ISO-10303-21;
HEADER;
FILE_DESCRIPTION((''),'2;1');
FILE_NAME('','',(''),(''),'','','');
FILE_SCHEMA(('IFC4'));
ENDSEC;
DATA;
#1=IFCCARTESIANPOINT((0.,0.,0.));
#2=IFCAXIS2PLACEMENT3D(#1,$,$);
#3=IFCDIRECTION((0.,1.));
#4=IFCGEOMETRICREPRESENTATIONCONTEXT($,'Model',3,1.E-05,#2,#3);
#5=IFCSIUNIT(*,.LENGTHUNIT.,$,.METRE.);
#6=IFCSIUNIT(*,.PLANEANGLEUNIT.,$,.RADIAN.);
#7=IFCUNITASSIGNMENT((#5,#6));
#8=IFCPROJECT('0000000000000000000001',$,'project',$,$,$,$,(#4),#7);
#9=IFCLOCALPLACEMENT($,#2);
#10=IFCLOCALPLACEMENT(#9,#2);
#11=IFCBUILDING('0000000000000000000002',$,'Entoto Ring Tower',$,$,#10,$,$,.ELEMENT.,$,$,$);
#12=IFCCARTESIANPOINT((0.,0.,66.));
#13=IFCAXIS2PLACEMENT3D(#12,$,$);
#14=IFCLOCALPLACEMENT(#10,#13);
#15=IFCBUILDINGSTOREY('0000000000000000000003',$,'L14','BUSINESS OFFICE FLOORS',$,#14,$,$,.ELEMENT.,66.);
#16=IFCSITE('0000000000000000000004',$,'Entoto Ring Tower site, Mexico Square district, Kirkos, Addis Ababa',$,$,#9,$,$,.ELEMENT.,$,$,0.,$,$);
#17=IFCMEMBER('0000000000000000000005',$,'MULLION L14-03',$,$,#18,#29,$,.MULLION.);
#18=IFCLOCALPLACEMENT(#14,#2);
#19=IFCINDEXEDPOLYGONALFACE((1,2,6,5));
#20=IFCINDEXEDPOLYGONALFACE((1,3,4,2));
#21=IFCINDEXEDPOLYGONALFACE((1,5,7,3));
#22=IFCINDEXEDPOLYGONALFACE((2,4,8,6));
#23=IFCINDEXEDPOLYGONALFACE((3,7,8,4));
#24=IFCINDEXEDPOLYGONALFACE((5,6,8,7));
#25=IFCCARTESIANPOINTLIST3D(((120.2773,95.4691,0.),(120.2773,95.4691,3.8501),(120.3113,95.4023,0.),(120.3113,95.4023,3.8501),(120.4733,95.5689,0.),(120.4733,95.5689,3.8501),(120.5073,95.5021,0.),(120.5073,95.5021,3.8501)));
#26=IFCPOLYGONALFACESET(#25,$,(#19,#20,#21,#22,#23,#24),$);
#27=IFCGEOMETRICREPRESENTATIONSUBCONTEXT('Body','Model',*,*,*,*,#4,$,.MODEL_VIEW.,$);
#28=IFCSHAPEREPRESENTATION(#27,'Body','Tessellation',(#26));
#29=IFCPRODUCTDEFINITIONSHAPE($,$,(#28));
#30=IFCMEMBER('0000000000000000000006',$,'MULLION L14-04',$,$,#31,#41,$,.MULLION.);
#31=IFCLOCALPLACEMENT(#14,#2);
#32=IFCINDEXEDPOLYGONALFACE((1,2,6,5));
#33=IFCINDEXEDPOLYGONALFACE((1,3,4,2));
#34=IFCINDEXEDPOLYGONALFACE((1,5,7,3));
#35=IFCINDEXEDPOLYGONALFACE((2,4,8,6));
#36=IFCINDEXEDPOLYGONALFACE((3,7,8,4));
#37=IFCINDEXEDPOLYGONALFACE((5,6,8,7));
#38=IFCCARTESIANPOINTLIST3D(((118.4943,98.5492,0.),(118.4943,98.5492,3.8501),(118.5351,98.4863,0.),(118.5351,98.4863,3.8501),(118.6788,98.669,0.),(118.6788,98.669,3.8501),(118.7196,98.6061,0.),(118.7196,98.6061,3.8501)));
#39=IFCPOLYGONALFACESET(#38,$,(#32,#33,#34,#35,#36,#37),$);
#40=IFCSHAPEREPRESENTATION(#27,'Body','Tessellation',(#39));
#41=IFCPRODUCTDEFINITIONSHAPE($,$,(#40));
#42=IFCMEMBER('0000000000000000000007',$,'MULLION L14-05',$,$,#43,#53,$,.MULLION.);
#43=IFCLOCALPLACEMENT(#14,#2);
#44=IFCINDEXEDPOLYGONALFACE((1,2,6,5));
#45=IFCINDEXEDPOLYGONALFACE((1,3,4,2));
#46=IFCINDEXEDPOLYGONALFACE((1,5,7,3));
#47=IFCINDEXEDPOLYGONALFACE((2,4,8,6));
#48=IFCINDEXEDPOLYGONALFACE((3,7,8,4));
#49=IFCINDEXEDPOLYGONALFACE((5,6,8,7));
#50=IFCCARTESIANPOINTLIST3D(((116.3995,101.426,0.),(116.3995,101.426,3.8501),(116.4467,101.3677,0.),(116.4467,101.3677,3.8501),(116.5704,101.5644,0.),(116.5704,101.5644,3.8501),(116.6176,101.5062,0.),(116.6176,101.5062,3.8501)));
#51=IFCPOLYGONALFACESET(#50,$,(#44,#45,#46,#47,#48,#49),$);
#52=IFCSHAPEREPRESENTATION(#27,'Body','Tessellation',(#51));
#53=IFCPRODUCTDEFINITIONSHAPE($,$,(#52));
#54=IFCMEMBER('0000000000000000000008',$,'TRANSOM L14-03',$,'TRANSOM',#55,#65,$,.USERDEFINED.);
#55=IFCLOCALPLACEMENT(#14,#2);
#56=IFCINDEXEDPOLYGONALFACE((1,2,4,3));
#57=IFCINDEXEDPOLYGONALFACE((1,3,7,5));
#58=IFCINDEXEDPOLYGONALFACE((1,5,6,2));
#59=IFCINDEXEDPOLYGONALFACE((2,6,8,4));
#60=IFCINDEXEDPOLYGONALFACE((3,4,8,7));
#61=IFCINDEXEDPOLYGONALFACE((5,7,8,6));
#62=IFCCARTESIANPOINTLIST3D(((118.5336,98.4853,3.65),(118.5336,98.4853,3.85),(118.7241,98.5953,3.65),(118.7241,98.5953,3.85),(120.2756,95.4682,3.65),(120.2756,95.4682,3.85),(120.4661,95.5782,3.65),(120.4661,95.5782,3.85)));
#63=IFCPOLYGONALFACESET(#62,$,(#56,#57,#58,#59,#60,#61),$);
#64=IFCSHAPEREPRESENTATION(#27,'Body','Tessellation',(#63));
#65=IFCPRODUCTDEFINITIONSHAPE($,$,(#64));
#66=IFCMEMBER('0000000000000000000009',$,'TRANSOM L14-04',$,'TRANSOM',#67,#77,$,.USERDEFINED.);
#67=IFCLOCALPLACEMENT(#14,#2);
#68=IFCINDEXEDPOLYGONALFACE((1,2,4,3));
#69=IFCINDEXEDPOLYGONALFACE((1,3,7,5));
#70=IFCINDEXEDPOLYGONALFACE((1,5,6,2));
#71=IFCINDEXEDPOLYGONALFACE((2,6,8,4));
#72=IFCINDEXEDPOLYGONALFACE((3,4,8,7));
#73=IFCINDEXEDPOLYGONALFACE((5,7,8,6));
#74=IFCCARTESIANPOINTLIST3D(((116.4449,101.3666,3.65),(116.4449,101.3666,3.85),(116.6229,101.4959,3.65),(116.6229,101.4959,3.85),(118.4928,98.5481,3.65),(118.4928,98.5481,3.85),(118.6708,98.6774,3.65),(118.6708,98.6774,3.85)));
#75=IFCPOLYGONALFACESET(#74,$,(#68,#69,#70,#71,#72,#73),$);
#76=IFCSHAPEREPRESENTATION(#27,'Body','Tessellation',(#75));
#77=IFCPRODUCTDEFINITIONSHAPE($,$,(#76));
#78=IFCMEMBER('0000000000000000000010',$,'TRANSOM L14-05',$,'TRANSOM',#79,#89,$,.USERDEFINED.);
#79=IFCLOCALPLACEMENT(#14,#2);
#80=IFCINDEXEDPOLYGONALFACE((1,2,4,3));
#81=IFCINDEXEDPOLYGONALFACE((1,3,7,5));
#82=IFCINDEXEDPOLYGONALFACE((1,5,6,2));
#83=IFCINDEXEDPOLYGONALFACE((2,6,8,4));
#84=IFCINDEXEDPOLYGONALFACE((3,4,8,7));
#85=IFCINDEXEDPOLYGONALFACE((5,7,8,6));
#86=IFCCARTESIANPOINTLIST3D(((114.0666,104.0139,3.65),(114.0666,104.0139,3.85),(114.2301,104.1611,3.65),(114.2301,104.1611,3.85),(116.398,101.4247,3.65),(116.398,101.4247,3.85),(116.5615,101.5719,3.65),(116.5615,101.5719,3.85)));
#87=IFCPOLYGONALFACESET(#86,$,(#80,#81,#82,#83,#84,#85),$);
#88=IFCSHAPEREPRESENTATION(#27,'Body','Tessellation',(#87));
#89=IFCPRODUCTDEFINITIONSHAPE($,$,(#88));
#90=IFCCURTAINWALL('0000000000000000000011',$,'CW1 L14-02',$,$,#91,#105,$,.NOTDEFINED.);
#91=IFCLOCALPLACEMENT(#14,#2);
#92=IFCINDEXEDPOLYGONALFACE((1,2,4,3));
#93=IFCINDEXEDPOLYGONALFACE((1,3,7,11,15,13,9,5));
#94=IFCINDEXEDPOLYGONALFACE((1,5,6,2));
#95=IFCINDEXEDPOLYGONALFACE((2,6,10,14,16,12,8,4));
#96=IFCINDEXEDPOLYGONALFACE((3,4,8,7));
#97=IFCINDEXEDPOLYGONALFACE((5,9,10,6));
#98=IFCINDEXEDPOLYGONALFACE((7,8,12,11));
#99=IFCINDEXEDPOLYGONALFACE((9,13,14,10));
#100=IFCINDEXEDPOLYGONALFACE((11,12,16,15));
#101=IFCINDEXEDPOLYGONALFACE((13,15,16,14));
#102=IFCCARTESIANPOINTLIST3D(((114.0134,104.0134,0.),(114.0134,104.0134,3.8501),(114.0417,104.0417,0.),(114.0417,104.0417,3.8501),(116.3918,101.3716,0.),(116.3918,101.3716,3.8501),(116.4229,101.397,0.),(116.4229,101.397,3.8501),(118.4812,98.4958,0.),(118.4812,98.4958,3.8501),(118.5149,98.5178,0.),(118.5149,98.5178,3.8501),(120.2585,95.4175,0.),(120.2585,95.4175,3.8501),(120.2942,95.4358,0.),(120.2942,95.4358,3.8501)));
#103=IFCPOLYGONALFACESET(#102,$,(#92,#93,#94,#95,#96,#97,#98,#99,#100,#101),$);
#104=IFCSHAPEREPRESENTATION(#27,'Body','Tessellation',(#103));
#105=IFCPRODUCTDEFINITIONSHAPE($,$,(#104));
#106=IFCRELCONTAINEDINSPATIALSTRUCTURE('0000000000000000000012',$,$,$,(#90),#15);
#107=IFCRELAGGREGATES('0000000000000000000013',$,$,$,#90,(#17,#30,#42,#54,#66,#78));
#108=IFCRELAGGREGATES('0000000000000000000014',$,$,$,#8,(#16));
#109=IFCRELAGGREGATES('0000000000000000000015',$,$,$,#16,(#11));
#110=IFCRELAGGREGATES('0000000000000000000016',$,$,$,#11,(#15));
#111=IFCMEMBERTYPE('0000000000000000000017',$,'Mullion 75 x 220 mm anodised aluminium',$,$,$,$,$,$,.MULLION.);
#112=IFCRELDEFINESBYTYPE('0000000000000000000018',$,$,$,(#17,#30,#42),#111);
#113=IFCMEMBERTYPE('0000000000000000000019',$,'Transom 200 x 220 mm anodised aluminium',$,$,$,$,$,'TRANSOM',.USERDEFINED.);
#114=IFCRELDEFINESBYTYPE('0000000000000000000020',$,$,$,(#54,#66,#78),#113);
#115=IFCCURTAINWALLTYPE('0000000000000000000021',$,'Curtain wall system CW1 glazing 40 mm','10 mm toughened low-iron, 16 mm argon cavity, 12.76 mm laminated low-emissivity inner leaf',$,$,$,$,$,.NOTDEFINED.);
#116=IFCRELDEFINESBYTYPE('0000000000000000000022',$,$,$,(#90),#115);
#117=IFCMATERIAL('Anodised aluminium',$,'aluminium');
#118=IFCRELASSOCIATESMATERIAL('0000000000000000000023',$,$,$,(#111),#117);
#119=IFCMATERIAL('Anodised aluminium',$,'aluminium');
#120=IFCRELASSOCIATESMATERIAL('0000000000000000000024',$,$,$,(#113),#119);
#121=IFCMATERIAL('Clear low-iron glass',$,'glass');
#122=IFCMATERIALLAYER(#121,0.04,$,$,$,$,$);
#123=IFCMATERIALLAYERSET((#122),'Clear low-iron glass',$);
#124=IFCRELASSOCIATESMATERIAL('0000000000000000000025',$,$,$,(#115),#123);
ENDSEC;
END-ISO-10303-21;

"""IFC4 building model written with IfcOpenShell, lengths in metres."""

from ifc_helpers import new_model, si_unit, direction, frame, origin, origin_2d, place, context, subcontext, project, spatial, polyline, rectangle, outline, extrude, material, layer, layer_set, material_profile, profile_set, type_object, element, aggregate, save


model = new_model("IFC4")

# Units and contexts
model_context = context("Model", 3, precision=1e-05, world=origin(), true_north=direction((0.0, 1.0)))
body_context = subcontext(model_context, "Body", "Model", "MODEL_VIEW")
ifc_project = project(units=[si_unit("LENGTHUNIT", "METRE"), si_unit("PLANEANGLEUNIT", "RADIAN")], contexts=[model_context])

# Members
ifc_material_1 = material(Name="Anodised aluminium", Category="aluminium")
ifc_material_profile_1 = material_profile(ifc_material_1, rectangle(XDim=0.075, YDim=0.22, at=origin_2d()), Name="Mullion 75 x 220 mm anodised aluminium")
ifc_profile_set_1 = profile_set([ifc_material_profile_1], Name="Anodised aluminium")
member_type_1 = type_object("IfcMemberType", Name="Mullion 75 x 220 mm anodised aluminium", PredefinedType="MULLION", material=ifc_profile_set_1)
site_placement = place(None, origin())
building_placement = place(site_placement, origin())
storey_placement = place(building_placement, frame((0.0, 0.0, 66.0)))
member_1_placement = place(storey_placement, frame((120.3923, 95.4856, 0.0), z_axis=(0.0, 0.0, 1.0), x_axis=(-0.45399, 0.891007, 0.0)))
member_1 = element("IfcMember", 1, at=member_1_placement, type_object=member_type_1, Name="MULLION L14-03", PredefinedType="MULLION", context=body_context, shape_type="SweptSolid", body=[
    extrude(rectangle(XDim=0.075, YDim=0.22, at=origin_2d()), origin(), (0.0, 0.0, 1.0), 3.8501),
])
member_2_placement = place(storey_placement, frame((118.6069, 98.5776, 0.0), z_axis=(0.0, 0.0, 1.0), x_axis=(-0.544639, 0.838671, 0.0)))
member_2 = element("IfcMember", 2, at=member_2_placement, type_object=member_type_1, Name="MULLION L14-04", PredefinedType="MULLION", context=body_context, shape_type="SweptSolid", body=[
    extrude(rectangle(XDim=0.075, YDim=0.22, at=origin_2d()), origin(), (0.0, 0.0, 1.0), 3.8501),
])
member_3_placement = place(storey_placement, frame((116.5085, 101.4661, 0.0), z_axis=(0.0, 0.0, 1.0), x_axis=(-0.62932, 0.777146, 0.0)))
member_3 = element("IfcMember", 3, at=member_3_placement, type_object=member_type_1, Name="MULLION L14-05", PredefinedType="MULLION", context=body_context, shape_type="SweptSolid", body=[
    extrude(rectangle(XDim=0.075, YDim=0.22, at=origin_2d()), origin(), (0.0, 0.0, 1.0), 3.8501),
])
ifc_material_2 = material(Name="Anodised aluminium", Category="aluminium")
ifc_material_profile_2 = material_profile(ifc_material_2, rectangle(XDim=0.22, YDim=0.2, at=origin_2d()), Name="Transom 200 x 220 mm anodised aluminium")
ifc_profile_set_2 = profile_set([ifc_material_profile_2], Name="Anodised aluminium")
member_type_2 = type_object("IfcMemberType", Name="Transom 200 x 220 mm anodised aluminium", ElementType="TRANSOM", PredefinedType="USERDEFINED", material=ifc_profile_set_2)
member_4_placement = place(storey_placement, frame((120.3708, 95.5232, 3.75), z_axis=(-0.500006, 0.866022, 0.0), x_axis=(-0.866022, -0.500006, 0.0)))
member_4 = element("IfcMember", 4, at=member_4_placement, type_object=member_type_2, Name="TRANSOM L14-03", ObjectType="TRANSOM", PredefinedType="USERDEFINED", context=body_context, shape_type="SweptSolid", body=[
    extrude(rectangle(XDim=0.22, YDim=0.2, at=origin_2d()), origin(), (0.0, 0.0, 1.0), 3.4839),
])
member_5_placement = place(storey_placement, frame((118.5818, 98.6128, 3.75), z_axis=(-0.587822, 0.808991, 0.0), x_axis=(-0.808991, -0.587822, 0.0)))
member_5 = element("IfcMember", 5, at=member_5_placement, type_object=member_type_2, Name="TRANSOM L14-04", ObjectType="TRANSOM", PredefinedType="USERDEFINED", context=body_context, shape_type="SweptSolid", body=[
    extrude(rectangle(XDim=0.22, YDim=0.2, at=origin_2d()), origin(), (0.0, 0.0, 1.0), 3.4839),
])
member_6_placement = place(storey_placement, frame((116.4797, 101.4983, 3.75), z_axis=(-0.669139, 0.743137, 0.0), x_axis=(-0.743137, -0.669139, 0.0)))
member_6 = element("IfcMember", 6, at=member_6_placement, type_object=member_type_2, Name="TRANSOM L14-05", ObjectType="TRANSOM", PredefinedType="USERDEFINED", context=body_context, shape_type="SweptSolid", body=[
    extrude(rectangle(XDim=0.22, YDim=0.2, at=origin_2d()), origin(), (0.0, 0.0, 1.0), 3.4841),
])

# Site, building, storey
site = spatial("IfcSite", under=ifc_project, at=site_placement, Name="Entoto Ring Tower site, Mexico Square district, Kirkos, Addis Ababa", CompositionType="ELEMENT", RefElevation=0.0)
building = spatial("IfcBuilding", under=site, at=building_placement, Name="Entoto Ring Tower", CompositionType="ELEMENT")
storey = spatial("IfcBuildingStorey", under=building, at=storey_placement, Name="L14", Description="BUSINESS OFFICE FLOORS", CompositionType="ELEMENT", Elevation=66.0)

# Curtain wall
ifc_material_3 = material(Name="Clear low-iron glass", Category="glass")
ifc_layer_1 = layer(ifc_material_3, 0.04)
ifc_layer_set_1 = layer_set([ifc_layer_1], Name="Clear low-iron glass")
curtain_wall_type = type_object("IfcCurtainWallType", Name="Curtain wall system CW1 glazing 40 mm", Description="10 mm toughened low-iron, 16 mm argon cavity, 12.76 mm laminated low-emissivity inner leaf", PredefinedType="NOTDEFINED", material=ifc_layer_set_1)
curtain_wall_1_placement = place(storey_placement, origin())
curtain_wall_1 = element("IfcCurtainWall", 7, at=curtain_wall_1_placement, inside=storey, type_object=curtain_wall_type, Name="CW1 L14-02", PredefinedType="NOTDEFINED", context=body_context, shape_type="SweptSolid", body=[
    extrude(outline(polyline([(120.2942, 95.4358), (118.5149, 98.5178), (116.4229, 101.397), (114.0417, 104.0417), (114.0134, 104.0134), (116.3918, 101.3716), (118.4812, 98.4958), (120.2585, 95.4175), (120.2942, 95.4358)])), origin(), (0.0, 0.0, 1.0), 3.8501),
])
aggregate(curtain_wall_1, [member_1, member_2, member_3, member_4, member_5, member_6])

save(model, "model.ifc")
